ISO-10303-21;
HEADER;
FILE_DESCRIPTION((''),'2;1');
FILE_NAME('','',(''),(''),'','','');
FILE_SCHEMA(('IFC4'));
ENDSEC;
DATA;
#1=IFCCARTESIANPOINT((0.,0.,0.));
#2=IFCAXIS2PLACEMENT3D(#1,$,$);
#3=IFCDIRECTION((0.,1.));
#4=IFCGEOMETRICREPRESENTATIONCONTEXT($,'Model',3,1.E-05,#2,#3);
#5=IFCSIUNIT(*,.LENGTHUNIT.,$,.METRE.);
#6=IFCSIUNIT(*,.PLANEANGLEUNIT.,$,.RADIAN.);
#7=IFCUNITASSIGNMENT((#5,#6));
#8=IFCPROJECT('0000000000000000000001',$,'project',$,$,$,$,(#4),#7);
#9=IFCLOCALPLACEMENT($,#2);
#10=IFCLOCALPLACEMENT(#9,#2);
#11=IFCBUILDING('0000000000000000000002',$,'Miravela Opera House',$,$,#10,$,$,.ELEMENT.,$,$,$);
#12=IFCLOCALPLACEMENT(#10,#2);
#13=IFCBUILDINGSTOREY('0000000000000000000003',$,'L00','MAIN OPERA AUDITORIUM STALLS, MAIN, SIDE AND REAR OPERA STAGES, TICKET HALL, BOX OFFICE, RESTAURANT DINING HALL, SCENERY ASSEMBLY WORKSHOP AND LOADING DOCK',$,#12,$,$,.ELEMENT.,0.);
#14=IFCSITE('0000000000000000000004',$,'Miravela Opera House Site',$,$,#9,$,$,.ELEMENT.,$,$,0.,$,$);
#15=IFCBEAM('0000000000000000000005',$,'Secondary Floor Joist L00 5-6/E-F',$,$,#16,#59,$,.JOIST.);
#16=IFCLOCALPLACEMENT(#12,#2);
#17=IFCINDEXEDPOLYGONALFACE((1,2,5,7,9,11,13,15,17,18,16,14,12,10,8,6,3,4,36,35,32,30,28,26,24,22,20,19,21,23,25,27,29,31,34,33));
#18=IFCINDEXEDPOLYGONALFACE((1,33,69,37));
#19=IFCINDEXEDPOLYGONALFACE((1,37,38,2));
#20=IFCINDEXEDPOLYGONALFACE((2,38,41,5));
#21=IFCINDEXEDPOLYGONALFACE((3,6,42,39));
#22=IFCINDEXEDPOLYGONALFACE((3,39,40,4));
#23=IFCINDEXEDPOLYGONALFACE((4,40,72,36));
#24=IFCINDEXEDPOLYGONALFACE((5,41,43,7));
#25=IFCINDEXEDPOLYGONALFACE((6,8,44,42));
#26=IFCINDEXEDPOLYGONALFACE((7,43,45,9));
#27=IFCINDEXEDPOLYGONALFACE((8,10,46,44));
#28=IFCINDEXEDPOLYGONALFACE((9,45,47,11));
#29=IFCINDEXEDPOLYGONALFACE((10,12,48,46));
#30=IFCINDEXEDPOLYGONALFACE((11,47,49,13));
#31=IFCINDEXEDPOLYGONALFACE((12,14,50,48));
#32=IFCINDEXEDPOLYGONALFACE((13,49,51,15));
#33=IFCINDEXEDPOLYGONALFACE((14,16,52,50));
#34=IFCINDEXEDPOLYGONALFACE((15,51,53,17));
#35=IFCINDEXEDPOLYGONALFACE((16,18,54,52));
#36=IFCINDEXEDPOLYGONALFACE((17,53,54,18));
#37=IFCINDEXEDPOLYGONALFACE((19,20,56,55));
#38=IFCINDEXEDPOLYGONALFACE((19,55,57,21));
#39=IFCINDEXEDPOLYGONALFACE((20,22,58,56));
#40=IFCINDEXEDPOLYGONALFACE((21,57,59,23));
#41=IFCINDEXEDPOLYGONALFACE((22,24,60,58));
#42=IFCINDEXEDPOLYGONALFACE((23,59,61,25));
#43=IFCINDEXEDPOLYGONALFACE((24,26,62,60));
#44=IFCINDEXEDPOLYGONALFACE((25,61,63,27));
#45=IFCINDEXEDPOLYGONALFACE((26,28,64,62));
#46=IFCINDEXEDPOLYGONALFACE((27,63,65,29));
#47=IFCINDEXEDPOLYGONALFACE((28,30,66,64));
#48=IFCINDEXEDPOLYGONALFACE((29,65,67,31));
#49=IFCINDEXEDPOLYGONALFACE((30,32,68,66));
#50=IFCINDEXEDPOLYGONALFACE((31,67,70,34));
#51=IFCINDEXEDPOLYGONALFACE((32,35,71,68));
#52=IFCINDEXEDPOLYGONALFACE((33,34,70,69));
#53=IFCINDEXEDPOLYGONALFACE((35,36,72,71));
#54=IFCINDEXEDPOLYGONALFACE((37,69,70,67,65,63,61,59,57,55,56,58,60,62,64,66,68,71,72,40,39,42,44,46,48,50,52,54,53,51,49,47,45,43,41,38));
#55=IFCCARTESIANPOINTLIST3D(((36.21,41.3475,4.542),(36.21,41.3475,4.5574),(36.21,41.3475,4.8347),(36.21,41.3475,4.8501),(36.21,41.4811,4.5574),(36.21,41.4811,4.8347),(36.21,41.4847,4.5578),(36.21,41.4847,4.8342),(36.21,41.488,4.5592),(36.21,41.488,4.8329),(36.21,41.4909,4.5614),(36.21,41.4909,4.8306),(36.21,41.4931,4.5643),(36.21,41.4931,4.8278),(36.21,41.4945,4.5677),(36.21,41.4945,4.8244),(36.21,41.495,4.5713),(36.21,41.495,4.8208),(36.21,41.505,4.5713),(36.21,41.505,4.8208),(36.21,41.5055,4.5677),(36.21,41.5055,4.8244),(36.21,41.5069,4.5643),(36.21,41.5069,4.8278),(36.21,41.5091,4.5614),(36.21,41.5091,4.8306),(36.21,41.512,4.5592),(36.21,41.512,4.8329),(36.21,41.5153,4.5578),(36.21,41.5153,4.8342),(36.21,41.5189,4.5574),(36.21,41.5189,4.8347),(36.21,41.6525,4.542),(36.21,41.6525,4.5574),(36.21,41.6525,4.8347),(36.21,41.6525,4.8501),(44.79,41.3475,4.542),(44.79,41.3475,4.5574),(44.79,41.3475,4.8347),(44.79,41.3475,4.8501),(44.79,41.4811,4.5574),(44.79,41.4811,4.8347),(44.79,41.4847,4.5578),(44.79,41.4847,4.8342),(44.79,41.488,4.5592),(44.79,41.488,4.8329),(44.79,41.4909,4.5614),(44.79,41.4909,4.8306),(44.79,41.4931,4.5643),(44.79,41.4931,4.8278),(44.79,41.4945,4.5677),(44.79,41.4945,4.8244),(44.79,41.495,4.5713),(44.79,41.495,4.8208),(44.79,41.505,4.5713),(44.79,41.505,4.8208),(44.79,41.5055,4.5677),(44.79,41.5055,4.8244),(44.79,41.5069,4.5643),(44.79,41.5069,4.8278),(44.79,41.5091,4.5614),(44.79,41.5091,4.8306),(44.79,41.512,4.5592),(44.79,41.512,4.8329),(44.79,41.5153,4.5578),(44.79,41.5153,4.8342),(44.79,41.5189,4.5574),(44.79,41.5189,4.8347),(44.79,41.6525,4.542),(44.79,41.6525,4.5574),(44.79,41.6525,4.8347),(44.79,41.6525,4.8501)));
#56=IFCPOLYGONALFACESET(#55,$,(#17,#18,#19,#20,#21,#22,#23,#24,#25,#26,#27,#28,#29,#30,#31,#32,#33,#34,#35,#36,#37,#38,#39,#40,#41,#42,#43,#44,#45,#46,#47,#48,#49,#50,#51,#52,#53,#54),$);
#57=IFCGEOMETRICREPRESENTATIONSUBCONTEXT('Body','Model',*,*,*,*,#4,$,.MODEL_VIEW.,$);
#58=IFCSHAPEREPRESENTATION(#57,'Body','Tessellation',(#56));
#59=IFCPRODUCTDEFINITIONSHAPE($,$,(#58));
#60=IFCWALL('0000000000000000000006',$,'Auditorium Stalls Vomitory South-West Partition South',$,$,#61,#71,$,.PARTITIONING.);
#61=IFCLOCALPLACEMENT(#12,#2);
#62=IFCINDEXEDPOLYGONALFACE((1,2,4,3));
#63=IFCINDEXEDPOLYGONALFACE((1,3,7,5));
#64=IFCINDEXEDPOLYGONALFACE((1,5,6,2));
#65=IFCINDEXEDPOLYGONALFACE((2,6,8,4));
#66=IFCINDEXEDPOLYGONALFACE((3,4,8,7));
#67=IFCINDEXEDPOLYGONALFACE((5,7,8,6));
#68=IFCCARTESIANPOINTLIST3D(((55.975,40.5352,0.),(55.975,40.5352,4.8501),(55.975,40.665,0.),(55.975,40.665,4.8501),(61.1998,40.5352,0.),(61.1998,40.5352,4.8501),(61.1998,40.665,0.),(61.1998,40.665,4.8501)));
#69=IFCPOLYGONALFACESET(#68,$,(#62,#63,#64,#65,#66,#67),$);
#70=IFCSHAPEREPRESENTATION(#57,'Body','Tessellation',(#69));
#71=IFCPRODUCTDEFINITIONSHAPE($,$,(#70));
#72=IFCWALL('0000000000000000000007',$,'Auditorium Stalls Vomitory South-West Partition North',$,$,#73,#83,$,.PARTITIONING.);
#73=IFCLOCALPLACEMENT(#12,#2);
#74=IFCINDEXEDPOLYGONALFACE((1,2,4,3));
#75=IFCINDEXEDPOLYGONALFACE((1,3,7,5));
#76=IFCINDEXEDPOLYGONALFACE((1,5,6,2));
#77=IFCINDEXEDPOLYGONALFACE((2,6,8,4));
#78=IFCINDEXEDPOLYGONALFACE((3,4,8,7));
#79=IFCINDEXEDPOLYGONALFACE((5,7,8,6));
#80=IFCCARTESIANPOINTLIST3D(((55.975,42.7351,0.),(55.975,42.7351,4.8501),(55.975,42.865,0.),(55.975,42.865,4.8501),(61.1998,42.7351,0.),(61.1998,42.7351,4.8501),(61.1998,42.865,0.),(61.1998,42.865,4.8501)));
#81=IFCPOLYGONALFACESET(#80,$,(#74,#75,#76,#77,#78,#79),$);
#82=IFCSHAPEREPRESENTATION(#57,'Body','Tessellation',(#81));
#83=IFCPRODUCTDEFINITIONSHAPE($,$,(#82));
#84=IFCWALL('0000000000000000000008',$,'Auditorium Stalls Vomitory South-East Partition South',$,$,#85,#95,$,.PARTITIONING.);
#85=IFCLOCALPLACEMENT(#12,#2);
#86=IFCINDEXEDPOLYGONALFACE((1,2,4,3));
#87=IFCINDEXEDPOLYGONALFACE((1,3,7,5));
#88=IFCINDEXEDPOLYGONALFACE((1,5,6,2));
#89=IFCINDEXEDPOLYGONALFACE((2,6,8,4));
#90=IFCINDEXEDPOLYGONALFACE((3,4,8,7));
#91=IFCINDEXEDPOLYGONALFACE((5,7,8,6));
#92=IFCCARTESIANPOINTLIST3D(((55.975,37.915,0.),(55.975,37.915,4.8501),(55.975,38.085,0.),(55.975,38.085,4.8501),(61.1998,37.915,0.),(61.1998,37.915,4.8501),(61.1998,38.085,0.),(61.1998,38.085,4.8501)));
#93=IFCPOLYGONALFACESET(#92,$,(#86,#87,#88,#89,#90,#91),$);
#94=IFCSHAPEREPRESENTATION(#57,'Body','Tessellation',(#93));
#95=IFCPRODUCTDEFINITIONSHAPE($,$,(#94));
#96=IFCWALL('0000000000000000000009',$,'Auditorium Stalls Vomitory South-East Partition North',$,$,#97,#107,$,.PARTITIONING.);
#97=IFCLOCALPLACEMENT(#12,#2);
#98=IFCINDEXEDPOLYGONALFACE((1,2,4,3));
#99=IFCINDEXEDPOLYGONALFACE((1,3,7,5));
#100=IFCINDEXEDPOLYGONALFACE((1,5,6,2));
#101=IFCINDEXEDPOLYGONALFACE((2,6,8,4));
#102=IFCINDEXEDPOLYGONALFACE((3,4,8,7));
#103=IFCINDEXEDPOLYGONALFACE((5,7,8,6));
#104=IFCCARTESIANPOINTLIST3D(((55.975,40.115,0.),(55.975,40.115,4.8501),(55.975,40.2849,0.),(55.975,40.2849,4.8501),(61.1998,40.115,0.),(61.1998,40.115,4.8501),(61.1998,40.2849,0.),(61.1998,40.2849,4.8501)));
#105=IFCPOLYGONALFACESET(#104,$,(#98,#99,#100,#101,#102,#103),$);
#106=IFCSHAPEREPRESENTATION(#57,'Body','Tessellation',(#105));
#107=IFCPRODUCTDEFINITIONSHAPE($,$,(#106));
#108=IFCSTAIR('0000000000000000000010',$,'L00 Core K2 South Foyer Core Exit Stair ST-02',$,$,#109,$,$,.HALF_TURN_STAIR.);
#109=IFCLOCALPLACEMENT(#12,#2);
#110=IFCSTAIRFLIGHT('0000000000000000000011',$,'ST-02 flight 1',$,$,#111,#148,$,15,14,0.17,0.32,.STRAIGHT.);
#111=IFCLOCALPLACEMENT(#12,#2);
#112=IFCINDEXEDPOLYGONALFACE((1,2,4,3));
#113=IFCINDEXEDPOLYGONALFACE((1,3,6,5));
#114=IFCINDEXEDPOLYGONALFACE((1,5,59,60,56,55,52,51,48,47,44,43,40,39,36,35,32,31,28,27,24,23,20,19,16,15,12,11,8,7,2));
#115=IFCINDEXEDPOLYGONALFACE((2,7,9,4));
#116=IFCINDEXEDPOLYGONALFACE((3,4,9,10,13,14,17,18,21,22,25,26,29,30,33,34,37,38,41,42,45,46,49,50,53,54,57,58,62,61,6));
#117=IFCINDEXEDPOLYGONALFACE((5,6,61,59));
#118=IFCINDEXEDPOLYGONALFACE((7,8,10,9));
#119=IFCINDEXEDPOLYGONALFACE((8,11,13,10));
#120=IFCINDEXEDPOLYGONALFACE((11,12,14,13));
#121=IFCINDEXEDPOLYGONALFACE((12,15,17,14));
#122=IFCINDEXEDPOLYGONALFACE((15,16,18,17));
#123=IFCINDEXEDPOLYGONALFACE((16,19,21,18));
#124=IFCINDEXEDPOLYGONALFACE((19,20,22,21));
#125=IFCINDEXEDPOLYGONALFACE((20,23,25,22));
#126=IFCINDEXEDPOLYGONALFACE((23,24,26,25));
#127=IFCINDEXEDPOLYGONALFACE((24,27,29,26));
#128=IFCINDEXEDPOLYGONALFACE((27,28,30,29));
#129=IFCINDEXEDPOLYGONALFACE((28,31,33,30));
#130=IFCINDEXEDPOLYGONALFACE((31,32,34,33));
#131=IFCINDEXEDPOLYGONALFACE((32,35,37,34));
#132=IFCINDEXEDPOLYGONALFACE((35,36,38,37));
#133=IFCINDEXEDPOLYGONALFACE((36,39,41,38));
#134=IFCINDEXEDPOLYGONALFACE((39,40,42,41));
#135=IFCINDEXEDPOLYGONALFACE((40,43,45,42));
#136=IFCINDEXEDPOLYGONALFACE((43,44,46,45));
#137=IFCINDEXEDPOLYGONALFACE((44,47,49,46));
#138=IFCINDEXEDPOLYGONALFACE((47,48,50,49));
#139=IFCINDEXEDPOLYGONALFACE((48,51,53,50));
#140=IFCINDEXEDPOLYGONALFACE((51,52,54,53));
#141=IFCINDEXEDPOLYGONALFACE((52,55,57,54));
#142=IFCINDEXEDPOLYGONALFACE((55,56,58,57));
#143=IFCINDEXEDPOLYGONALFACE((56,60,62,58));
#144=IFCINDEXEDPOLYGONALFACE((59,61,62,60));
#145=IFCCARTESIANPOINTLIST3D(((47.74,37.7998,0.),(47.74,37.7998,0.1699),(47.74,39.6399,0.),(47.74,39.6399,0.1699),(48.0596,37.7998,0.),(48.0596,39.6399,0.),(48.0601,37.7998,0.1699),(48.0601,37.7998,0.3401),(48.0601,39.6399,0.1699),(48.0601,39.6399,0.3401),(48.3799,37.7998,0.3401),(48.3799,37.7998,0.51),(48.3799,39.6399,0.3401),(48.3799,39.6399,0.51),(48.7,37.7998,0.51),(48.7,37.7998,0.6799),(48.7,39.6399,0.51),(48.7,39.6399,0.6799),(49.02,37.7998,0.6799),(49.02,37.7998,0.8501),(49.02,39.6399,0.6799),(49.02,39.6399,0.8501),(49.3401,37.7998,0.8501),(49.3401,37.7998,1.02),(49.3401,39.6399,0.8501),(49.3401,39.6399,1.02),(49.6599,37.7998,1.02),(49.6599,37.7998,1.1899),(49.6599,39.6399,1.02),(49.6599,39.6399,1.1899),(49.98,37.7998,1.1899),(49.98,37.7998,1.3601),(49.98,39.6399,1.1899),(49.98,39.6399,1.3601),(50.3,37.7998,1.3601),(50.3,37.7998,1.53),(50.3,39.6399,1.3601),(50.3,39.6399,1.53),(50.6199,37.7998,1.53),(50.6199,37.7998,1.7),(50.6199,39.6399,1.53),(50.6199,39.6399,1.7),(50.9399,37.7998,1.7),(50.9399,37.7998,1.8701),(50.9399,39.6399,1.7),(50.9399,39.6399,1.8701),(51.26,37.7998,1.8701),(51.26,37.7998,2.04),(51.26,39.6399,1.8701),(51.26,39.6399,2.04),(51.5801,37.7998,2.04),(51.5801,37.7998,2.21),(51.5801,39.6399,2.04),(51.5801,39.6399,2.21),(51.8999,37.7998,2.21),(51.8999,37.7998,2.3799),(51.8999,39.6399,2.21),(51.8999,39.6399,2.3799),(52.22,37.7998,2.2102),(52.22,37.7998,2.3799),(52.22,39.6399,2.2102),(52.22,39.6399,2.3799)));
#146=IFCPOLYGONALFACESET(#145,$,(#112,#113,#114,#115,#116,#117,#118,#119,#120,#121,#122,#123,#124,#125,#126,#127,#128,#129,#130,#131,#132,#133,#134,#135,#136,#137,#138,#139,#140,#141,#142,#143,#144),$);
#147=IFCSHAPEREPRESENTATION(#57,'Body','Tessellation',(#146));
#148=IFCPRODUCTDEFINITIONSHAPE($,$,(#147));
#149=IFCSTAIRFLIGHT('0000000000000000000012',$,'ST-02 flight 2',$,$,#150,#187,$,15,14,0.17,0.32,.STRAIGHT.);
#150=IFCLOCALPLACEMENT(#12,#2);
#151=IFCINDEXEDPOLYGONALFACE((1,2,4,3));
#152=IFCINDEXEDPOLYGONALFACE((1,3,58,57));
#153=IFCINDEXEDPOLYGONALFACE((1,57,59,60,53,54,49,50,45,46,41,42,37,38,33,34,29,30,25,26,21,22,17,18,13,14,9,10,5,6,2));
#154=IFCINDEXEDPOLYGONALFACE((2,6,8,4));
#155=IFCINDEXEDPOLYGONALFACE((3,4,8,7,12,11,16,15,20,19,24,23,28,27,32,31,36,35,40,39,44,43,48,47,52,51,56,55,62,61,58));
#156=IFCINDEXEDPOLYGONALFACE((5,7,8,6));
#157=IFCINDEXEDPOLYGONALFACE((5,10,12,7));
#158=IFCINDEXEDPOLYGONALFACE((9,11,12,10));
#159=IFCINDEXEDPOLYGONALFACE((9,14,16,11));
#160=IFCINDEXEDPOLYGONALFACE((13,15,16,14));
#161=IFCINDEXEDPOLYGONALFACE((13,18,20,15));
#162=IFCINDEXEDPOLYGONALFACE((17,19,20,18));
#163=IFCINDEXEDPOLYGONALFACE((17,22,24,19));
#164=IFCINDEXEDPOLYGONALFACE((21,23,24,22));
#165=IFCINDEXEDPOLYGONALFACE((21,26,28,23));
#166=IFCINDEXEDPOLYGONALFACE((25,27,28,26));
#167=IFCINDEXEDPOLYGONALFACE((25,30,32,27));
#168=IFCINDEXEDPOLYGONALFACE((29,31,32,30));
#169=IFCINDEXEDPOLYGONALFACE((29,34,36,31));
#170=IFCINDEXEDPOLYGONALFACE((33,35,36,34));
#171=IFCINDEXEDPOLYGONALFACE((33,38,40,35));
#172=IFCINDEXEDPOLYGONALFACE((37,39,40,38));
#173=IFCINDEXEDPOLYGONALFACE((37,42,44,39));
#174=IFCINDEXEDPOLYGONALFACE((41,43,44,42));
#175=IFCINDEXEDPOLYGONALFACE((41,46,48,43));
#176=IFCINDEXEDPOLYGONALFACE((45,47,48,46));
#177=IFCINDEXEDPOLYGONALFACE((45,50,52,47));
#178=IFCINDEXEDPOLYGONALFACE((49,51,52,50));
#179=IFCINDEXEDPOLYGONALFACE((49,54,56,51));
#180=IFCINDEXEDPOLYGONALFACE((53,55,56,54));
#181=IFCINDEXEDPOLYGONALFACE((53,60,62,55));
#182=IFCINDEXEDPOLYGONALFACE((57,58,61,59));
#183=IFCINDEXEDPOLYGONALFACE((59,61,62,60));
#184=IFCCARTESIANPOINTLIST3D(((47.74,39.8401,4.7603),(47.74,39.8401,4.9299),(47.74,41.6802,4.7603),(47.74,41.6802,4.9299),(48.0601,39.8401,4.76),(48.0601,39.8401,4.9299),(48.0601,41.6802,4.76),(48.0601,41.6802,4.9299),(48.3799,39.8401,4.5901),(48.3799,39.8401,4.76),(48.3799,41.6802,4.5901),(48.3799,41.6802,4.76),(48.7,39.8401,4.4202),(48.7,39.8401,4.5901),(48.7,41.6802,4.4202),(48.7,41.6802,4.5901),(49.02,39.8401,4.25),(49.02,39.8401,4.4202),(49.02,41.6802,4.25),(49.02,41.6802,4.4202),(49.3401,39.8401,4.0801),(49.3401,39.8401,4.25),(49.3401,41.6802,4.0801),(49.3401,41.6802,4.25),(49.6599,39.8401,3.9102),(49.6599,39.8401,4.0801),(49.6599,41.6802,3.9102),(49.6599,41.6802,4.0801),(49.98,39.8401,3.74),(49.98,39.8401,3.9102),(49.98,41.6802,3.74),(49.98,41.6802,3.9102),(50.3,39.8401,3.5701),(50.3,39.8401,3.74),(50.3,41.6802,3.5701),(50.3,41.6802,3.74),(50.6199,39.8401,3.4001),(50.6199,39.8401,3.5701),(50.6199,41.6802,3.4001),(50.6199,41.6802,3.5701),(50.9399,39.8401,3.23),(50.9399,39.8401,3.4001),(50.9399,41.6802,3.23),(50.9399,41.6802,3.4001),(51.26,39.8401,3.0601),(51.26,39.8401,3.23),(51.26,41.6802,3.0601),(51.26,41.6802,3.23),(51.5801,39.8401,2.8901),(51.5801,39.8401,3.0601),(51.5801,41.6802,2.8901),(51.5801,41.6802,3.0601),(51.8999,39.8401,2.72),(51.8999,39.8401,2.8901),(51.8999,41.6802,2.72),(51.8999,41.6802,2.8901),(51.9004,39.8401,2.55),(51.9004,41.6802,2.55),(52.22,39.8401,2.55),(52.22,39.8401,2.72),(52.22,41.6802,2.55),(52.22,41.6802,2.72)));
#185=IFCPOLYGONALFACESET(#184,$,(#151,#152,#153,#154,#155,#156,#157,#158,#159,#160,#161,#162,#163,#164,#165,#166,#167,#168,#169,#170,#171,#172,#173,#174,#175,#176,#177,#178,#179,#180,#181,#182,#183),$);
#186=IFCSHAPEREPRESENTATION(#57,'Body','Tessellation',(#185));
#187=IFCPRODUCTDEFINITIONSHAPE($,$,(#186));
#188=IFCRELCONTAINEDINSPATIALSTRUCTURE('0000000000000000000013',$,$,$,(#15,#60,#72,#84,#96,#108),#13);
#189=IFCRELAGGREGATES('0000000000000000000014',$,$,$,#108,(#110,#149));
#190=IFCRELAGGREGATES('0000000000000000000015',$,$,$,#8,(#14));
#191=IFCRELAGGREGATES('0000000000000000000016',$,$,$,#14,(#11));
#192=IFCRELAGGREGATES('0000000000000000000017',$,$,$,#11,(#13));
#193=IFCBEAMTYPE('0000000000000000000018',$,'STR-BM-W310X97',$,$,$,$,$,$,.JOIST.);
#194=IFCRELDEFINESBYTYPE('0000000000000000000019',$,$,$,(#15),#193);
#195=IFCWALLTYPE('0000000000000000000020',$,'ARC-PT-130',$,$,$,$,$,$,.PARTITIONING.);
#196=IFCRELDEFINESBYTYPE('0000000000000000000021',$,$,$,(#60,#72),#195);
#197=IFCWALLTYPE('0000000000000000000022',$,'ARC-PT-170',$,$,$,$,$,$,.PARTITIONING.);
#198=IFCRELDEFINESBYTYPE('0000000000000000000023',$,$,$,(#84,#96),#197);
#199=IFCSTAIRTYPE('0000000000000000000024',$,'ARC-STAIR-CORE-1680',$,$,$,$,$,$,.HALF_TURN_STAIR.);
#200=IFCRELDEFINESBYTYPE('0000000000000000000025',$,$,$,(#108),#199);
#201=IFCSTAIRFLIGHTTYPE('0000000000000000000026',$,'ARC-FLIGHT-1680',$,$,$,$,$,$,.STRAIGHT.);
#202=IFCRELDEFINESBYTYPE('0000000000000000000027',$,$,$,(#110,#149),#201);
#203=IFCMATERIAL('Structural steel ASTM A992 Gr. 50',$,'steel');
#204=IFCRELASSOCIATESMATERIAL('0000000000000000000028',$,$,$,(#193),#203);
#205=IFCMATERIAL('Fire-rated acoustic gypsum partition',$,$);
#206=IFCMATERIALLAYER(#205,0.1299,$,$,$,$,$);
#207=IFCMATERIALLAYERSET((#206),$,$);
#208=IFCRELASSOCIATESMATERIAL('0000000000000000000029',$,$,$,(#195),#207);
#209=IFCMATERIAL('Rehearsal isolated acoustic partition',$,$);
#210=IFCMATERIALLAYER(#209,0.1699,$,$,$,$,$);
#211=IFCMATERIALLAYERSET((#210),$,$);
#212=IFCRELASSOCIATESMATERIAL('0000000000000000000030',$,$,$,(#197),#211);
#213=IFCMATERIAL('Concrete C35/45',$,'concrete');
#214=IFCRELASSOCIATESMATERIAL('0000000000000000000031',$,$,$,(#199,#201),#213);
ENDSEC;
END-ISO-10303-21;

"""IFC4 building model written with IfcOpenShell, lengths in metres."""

from ifc_helpers import new_model, si_unit, direction, frame, frame_2d, origin, origin_2d, place, context, subcontext, project, spatial, polyline, rectangle, i_section, outline, extrude, material, layer, layer_set, material_profile, profile_set, type_object, element, aggregate, save


model = new_model("IFC4")

# Units and contexts
model_context = context("Model", 3, precision=1e-05, world=origin(), true_north=direction((0.0, 1.0)))
body_context = subcontext(model_context, "Body", "Model", "MODEL_VIEW")
ifc_project = project(units=[si_unit("LENGTHUNIT", "METRE"), si_unit("PLANEANGLEUNIT", "RADIAN")], contexts=[model_context])

# Site, building, storey
site_placement = place(None, origin())
site = spatial("IfcSite", under=ifc_project, at=site_placement, Name="Miravela Opera House Site", CompositionType="ELEMENT", RefElevation=0.0)
building_placement = place(site_placement, origin())
building = spatial("IfcBuilding", under=site, at=building_placement, Name="Miravela Opera House", CompositionType="ELEMENT")
storey_placement = place(building_placement, origin())
storey = spatial("IfcBuildingStorey", under=building, at=storey_placement, Name="L00", Description="MAIN OPERA AUDITORIUM STALLS, MAIN, SIDE AND REAR OPERA STAGES, TICKET HALL, BOX OFFICE, RESTAURANT DINING HALL, SCENERY ASSEMBLY WORKSHOP AND LOADING DOCK", CompositionType="ELEMENT", Elevation=0.0)

# Beam
ifc_material_1 = material(Name="Structural steel ASTM A992 Gr. 50", Category="steel")
ifc_material_profile_1 = material_profile(ifc_material_1, i_section(OverallWidth=0.3049, OverallDepth=0.3081, WebThickness=0.01, FlangeThickness=0.0154, FilletRadius=0.0139, at=origin_2d()), Name="W310X97")
ifc_profile_set_1 = profile_set([ifc_material_profile_1])
beam_type = type_object("IfcBeamType", Name="STR-BM-W310X97", PredefinedType="JOIST", material=ifc_profile_set_1)
beam_placement = place(storey_placement, frame((36.21, 41.5, 4.696), z_axis=(1.0, 0.0, 0.0), x_axis=(0.0, 1.0, 0.0)))
element("IfcBeam", 1, at=beam_placement, inside=storey, type_object=beam_type, Name="Secondary Floor Joist L00 5-6/E-F", PredefinedType="JOIST", context=body_context, shape_type="SweptSolid", body=[
    extrude(i_section(OverallWidth=0.3049, OverallDepth=0.3081, WebThickness=0.01, FlangeThickness=0.0154, FilletRadius=0.0139, at=origin_2d()), origin(), (0.0, 0.0, 1.0), 8.5801),
])

# Walls
ifc_material_2 = material(Name="Fire-rated acoustic gypsum partition")
ifc_layer_1 = layer(ifc_material_2, 0.1299)
ifc_layer_set_1 = layer_set([ifc_layer_1])
wall_type_1 = type_object("IfcWallType", Name="ARC-PT-130", PredefinedType="PARTITIONING", material=ifc_layer_set_1)
for number, where, z_axis, x_axis, name in (
    (2, (55.9751, 40.6001, 0.0), (0.0, 0.0, 1.0), (1.0, 0.0, 0.0), "Auditorium Stalls Vomitory South-West Partition South"),
    (3, (55.9751, 42.8, 0.0), (0.0, 0.0, 1.0), (1.0, 0.0, 0.0), "Auditorium Stalls Vomitory South-West Partition North"),
):
    element("IfcWall", number, at=place(storey_placement, frame(where, z_axis=z_axis, x_axis=x_axis)), inside=storey, type_object=wall_type_1, Name=name, PredefinedType="PARTITIONING", context=body_context, shape_type="SweptSolid", body=[
        extrude(rectangle(XDim=5.2249, YDim=0.1299, at=frame_2d((2.6123, 0.0))), origin(), (0.0, 0.0, 1.0), 4.8501),
    ])
ifc_material_3 = material(Name="Rehearsal isolated acoustic partition")
ifc_layer_2 = layer(ifc_material_3, 0.1699)
ifc_layer_set_2 = layer_set([ifc_layer_2])
wall_type_2 = type_object("IfcWallType", Name="ARC-PT-170", PredefinedType="PARTITIONING", material=ifc_layer_set_2)
for number, where, z_axis, x_axis, name in (
    (4, (55.9751, 38.0, 0.0), (0.0, 0.0, 1.0), (1.0, 0.0, 0.0), "Auditorium Stalls Vomitory South-East Partition South"),
    (5, (55.9751, 40.2, 0.0), (0.0, 0.0, 1.0), (1.0, 0.0, 0.0), "Auditorium Stalls Vomitory South-East Partition North"),
):
    element("IfcWall", number, at=place(storey_placement, frame(where, z_axis=z_axis, x_axis=x_axis)), inside=storey, type_object=wall_type_2, Name=name, PredefinedType="PARTITIONING", context=body_context, shape_type="SweptSolid", body=[
        extrude(rectangle(XDim=5.2249, YDim=0.1699, at=frame_2d((2.6123, 0.0))), origin(), (0.0, 0.0, 1.0), 4.8501),
    ])

# Stair, stair flights
ifc_material_4 = material(Name="Concrete C35/45", Category="concrete")
stair_type = type_object("IfcStairType", Name="ARC-STAIR-CORE-1680", PredefinedType="HALF_TURN_STAIR", material=ifc_material_4)
stair_placement = place(storey_placement, origin())
stair = element("IfcStair", 6, at=stair_placement, inside=storey, type_object=stair_type, Name="L00 Core K2 South Foyer Core Exit Stair ST-02", PredefinedType="HALF_TURN_STAIR")
stair_flight_type = type_object("IfcStairFlightType", Name="ARC-FLIGHT-1680", PredefinedType="STRAIGHT", material=ifc_material_4)
stair_flight_1_placement = place(storey_placement, frame((47.74, 38.72, 0.0), z_axis=(0.0, 0.0, 1.0), x_axis=(1.0, 0.0, 0.0)))
stair_flight_1 = element("IfcStairFlight", 7, at=stair_flight_1_placement, type_object=stair_flight_type, Name="ST-02 flight 1", NumberOfRisers=15, NumberOfTreads=14, PredefinedType="STRAIGHT", RiserHeight=0.17, TreadLength=0.32, context=body_context, shape_type="SweptSolid", body=[
    extrude(outline(polyline([(0.0, 0.0), (0.0, 0.1699), (0.3201, 0.1699), (0.3201, 0.3401), (0.6399, 0.3401), (0.6399, 0.51), (0.96, 0.51), (0.96, 0.6799), (1.28, 0.6799), (1.28, 0.8501), (1.6001, 0.8501), (1.6001, 1.02), (1.9199, 1.02), (1.9199, 1.1899), (2.24, 1.1899), (2.24, 1.3601), (2.5601, 1.3601), (2.5601, 1.53), (2.8799, 1.53), (2.8799, 1.7), (3.2, 1.7), (3.2, 1.8701), (3.52, 1.8701), (3.52, 2.04), (3.8401, 2.04), (3.8401, 2.21), (4.1599, 2.21), (4.1599, 2.3799), (4.48, 2.3799), (4.48, 2.55), (4.48, 2.2102), (0.3196, 0.0), (0.0, 0.0)])), frame((0.0, 0.9199, 0.0), z_axis=(0.0, -1.0, 0.0), x_axis=(1.0, 0.0, 0.0)), (0.0, 0.0, 1.0), 1.8401),
])
stair_flight_2_placement = place(storey_placement, frame((52.22, 40.76, 2.55), z_axis=(0.0, 0.0, 1.0), x_axis=(-1.0, 0.0, 0.0)))
stair_flight_2 = element("IfcStairFlight", 8, at=stair_flight_2_placement, type_object=stair_flight_type, Name="ST-02 flight 2", NumberOfRisers=15, NumberOfTreads=14, PredefinedType="STRAIGHT", RiserHeight=0.17, TreadLength=0.32, context=body_context, shape_type="SweptSolid", body=[
    extrude(outline(polyline([(0.0, 0.0), (0.0, 0.1699), (0.3201, 0.1699), (0.3201, 0.3401), (0.6399, 0.3401), (0.6399, 0.51), (0.96, 0.51), (0.96, 0.6799), (1.28, 0.6799), (1.28, 0.8501), (1.6001, 0.8501), (1.6001, 1.02), (1.9199, 1.02), (1.9199, 1.1899), (2.24, 1.1899), (2.24, 1.3601), (2.5601, 1.3601), (2.5601, 1.53), (2.8799, 1.53), (2.8799, 1.7), (3.2, 1.7), (3.2, 1.8701), (3.52, 1.8701), (3.52, 2.04), (3.8401, 2.04), (3.8401, 2.21), (4.1599, 2.21), (4.1599, 2.3799), (4.48, 2.3799), (4.48, 2.55), (4.48, 2.2102), (0.3196, 0.0), (0.0, 0.0)])), frame((0.0, 0.9199, 0.0), z_axis=(0.0, -1.0, 0.0), x_axis=(1.0, 0.0, 0.0)), (0.0, 0.0, 1.0), 1.8401),
])
aggregate(stair, [stair_flight_1, stair_flight_2])

save(model, "model.ifc")
